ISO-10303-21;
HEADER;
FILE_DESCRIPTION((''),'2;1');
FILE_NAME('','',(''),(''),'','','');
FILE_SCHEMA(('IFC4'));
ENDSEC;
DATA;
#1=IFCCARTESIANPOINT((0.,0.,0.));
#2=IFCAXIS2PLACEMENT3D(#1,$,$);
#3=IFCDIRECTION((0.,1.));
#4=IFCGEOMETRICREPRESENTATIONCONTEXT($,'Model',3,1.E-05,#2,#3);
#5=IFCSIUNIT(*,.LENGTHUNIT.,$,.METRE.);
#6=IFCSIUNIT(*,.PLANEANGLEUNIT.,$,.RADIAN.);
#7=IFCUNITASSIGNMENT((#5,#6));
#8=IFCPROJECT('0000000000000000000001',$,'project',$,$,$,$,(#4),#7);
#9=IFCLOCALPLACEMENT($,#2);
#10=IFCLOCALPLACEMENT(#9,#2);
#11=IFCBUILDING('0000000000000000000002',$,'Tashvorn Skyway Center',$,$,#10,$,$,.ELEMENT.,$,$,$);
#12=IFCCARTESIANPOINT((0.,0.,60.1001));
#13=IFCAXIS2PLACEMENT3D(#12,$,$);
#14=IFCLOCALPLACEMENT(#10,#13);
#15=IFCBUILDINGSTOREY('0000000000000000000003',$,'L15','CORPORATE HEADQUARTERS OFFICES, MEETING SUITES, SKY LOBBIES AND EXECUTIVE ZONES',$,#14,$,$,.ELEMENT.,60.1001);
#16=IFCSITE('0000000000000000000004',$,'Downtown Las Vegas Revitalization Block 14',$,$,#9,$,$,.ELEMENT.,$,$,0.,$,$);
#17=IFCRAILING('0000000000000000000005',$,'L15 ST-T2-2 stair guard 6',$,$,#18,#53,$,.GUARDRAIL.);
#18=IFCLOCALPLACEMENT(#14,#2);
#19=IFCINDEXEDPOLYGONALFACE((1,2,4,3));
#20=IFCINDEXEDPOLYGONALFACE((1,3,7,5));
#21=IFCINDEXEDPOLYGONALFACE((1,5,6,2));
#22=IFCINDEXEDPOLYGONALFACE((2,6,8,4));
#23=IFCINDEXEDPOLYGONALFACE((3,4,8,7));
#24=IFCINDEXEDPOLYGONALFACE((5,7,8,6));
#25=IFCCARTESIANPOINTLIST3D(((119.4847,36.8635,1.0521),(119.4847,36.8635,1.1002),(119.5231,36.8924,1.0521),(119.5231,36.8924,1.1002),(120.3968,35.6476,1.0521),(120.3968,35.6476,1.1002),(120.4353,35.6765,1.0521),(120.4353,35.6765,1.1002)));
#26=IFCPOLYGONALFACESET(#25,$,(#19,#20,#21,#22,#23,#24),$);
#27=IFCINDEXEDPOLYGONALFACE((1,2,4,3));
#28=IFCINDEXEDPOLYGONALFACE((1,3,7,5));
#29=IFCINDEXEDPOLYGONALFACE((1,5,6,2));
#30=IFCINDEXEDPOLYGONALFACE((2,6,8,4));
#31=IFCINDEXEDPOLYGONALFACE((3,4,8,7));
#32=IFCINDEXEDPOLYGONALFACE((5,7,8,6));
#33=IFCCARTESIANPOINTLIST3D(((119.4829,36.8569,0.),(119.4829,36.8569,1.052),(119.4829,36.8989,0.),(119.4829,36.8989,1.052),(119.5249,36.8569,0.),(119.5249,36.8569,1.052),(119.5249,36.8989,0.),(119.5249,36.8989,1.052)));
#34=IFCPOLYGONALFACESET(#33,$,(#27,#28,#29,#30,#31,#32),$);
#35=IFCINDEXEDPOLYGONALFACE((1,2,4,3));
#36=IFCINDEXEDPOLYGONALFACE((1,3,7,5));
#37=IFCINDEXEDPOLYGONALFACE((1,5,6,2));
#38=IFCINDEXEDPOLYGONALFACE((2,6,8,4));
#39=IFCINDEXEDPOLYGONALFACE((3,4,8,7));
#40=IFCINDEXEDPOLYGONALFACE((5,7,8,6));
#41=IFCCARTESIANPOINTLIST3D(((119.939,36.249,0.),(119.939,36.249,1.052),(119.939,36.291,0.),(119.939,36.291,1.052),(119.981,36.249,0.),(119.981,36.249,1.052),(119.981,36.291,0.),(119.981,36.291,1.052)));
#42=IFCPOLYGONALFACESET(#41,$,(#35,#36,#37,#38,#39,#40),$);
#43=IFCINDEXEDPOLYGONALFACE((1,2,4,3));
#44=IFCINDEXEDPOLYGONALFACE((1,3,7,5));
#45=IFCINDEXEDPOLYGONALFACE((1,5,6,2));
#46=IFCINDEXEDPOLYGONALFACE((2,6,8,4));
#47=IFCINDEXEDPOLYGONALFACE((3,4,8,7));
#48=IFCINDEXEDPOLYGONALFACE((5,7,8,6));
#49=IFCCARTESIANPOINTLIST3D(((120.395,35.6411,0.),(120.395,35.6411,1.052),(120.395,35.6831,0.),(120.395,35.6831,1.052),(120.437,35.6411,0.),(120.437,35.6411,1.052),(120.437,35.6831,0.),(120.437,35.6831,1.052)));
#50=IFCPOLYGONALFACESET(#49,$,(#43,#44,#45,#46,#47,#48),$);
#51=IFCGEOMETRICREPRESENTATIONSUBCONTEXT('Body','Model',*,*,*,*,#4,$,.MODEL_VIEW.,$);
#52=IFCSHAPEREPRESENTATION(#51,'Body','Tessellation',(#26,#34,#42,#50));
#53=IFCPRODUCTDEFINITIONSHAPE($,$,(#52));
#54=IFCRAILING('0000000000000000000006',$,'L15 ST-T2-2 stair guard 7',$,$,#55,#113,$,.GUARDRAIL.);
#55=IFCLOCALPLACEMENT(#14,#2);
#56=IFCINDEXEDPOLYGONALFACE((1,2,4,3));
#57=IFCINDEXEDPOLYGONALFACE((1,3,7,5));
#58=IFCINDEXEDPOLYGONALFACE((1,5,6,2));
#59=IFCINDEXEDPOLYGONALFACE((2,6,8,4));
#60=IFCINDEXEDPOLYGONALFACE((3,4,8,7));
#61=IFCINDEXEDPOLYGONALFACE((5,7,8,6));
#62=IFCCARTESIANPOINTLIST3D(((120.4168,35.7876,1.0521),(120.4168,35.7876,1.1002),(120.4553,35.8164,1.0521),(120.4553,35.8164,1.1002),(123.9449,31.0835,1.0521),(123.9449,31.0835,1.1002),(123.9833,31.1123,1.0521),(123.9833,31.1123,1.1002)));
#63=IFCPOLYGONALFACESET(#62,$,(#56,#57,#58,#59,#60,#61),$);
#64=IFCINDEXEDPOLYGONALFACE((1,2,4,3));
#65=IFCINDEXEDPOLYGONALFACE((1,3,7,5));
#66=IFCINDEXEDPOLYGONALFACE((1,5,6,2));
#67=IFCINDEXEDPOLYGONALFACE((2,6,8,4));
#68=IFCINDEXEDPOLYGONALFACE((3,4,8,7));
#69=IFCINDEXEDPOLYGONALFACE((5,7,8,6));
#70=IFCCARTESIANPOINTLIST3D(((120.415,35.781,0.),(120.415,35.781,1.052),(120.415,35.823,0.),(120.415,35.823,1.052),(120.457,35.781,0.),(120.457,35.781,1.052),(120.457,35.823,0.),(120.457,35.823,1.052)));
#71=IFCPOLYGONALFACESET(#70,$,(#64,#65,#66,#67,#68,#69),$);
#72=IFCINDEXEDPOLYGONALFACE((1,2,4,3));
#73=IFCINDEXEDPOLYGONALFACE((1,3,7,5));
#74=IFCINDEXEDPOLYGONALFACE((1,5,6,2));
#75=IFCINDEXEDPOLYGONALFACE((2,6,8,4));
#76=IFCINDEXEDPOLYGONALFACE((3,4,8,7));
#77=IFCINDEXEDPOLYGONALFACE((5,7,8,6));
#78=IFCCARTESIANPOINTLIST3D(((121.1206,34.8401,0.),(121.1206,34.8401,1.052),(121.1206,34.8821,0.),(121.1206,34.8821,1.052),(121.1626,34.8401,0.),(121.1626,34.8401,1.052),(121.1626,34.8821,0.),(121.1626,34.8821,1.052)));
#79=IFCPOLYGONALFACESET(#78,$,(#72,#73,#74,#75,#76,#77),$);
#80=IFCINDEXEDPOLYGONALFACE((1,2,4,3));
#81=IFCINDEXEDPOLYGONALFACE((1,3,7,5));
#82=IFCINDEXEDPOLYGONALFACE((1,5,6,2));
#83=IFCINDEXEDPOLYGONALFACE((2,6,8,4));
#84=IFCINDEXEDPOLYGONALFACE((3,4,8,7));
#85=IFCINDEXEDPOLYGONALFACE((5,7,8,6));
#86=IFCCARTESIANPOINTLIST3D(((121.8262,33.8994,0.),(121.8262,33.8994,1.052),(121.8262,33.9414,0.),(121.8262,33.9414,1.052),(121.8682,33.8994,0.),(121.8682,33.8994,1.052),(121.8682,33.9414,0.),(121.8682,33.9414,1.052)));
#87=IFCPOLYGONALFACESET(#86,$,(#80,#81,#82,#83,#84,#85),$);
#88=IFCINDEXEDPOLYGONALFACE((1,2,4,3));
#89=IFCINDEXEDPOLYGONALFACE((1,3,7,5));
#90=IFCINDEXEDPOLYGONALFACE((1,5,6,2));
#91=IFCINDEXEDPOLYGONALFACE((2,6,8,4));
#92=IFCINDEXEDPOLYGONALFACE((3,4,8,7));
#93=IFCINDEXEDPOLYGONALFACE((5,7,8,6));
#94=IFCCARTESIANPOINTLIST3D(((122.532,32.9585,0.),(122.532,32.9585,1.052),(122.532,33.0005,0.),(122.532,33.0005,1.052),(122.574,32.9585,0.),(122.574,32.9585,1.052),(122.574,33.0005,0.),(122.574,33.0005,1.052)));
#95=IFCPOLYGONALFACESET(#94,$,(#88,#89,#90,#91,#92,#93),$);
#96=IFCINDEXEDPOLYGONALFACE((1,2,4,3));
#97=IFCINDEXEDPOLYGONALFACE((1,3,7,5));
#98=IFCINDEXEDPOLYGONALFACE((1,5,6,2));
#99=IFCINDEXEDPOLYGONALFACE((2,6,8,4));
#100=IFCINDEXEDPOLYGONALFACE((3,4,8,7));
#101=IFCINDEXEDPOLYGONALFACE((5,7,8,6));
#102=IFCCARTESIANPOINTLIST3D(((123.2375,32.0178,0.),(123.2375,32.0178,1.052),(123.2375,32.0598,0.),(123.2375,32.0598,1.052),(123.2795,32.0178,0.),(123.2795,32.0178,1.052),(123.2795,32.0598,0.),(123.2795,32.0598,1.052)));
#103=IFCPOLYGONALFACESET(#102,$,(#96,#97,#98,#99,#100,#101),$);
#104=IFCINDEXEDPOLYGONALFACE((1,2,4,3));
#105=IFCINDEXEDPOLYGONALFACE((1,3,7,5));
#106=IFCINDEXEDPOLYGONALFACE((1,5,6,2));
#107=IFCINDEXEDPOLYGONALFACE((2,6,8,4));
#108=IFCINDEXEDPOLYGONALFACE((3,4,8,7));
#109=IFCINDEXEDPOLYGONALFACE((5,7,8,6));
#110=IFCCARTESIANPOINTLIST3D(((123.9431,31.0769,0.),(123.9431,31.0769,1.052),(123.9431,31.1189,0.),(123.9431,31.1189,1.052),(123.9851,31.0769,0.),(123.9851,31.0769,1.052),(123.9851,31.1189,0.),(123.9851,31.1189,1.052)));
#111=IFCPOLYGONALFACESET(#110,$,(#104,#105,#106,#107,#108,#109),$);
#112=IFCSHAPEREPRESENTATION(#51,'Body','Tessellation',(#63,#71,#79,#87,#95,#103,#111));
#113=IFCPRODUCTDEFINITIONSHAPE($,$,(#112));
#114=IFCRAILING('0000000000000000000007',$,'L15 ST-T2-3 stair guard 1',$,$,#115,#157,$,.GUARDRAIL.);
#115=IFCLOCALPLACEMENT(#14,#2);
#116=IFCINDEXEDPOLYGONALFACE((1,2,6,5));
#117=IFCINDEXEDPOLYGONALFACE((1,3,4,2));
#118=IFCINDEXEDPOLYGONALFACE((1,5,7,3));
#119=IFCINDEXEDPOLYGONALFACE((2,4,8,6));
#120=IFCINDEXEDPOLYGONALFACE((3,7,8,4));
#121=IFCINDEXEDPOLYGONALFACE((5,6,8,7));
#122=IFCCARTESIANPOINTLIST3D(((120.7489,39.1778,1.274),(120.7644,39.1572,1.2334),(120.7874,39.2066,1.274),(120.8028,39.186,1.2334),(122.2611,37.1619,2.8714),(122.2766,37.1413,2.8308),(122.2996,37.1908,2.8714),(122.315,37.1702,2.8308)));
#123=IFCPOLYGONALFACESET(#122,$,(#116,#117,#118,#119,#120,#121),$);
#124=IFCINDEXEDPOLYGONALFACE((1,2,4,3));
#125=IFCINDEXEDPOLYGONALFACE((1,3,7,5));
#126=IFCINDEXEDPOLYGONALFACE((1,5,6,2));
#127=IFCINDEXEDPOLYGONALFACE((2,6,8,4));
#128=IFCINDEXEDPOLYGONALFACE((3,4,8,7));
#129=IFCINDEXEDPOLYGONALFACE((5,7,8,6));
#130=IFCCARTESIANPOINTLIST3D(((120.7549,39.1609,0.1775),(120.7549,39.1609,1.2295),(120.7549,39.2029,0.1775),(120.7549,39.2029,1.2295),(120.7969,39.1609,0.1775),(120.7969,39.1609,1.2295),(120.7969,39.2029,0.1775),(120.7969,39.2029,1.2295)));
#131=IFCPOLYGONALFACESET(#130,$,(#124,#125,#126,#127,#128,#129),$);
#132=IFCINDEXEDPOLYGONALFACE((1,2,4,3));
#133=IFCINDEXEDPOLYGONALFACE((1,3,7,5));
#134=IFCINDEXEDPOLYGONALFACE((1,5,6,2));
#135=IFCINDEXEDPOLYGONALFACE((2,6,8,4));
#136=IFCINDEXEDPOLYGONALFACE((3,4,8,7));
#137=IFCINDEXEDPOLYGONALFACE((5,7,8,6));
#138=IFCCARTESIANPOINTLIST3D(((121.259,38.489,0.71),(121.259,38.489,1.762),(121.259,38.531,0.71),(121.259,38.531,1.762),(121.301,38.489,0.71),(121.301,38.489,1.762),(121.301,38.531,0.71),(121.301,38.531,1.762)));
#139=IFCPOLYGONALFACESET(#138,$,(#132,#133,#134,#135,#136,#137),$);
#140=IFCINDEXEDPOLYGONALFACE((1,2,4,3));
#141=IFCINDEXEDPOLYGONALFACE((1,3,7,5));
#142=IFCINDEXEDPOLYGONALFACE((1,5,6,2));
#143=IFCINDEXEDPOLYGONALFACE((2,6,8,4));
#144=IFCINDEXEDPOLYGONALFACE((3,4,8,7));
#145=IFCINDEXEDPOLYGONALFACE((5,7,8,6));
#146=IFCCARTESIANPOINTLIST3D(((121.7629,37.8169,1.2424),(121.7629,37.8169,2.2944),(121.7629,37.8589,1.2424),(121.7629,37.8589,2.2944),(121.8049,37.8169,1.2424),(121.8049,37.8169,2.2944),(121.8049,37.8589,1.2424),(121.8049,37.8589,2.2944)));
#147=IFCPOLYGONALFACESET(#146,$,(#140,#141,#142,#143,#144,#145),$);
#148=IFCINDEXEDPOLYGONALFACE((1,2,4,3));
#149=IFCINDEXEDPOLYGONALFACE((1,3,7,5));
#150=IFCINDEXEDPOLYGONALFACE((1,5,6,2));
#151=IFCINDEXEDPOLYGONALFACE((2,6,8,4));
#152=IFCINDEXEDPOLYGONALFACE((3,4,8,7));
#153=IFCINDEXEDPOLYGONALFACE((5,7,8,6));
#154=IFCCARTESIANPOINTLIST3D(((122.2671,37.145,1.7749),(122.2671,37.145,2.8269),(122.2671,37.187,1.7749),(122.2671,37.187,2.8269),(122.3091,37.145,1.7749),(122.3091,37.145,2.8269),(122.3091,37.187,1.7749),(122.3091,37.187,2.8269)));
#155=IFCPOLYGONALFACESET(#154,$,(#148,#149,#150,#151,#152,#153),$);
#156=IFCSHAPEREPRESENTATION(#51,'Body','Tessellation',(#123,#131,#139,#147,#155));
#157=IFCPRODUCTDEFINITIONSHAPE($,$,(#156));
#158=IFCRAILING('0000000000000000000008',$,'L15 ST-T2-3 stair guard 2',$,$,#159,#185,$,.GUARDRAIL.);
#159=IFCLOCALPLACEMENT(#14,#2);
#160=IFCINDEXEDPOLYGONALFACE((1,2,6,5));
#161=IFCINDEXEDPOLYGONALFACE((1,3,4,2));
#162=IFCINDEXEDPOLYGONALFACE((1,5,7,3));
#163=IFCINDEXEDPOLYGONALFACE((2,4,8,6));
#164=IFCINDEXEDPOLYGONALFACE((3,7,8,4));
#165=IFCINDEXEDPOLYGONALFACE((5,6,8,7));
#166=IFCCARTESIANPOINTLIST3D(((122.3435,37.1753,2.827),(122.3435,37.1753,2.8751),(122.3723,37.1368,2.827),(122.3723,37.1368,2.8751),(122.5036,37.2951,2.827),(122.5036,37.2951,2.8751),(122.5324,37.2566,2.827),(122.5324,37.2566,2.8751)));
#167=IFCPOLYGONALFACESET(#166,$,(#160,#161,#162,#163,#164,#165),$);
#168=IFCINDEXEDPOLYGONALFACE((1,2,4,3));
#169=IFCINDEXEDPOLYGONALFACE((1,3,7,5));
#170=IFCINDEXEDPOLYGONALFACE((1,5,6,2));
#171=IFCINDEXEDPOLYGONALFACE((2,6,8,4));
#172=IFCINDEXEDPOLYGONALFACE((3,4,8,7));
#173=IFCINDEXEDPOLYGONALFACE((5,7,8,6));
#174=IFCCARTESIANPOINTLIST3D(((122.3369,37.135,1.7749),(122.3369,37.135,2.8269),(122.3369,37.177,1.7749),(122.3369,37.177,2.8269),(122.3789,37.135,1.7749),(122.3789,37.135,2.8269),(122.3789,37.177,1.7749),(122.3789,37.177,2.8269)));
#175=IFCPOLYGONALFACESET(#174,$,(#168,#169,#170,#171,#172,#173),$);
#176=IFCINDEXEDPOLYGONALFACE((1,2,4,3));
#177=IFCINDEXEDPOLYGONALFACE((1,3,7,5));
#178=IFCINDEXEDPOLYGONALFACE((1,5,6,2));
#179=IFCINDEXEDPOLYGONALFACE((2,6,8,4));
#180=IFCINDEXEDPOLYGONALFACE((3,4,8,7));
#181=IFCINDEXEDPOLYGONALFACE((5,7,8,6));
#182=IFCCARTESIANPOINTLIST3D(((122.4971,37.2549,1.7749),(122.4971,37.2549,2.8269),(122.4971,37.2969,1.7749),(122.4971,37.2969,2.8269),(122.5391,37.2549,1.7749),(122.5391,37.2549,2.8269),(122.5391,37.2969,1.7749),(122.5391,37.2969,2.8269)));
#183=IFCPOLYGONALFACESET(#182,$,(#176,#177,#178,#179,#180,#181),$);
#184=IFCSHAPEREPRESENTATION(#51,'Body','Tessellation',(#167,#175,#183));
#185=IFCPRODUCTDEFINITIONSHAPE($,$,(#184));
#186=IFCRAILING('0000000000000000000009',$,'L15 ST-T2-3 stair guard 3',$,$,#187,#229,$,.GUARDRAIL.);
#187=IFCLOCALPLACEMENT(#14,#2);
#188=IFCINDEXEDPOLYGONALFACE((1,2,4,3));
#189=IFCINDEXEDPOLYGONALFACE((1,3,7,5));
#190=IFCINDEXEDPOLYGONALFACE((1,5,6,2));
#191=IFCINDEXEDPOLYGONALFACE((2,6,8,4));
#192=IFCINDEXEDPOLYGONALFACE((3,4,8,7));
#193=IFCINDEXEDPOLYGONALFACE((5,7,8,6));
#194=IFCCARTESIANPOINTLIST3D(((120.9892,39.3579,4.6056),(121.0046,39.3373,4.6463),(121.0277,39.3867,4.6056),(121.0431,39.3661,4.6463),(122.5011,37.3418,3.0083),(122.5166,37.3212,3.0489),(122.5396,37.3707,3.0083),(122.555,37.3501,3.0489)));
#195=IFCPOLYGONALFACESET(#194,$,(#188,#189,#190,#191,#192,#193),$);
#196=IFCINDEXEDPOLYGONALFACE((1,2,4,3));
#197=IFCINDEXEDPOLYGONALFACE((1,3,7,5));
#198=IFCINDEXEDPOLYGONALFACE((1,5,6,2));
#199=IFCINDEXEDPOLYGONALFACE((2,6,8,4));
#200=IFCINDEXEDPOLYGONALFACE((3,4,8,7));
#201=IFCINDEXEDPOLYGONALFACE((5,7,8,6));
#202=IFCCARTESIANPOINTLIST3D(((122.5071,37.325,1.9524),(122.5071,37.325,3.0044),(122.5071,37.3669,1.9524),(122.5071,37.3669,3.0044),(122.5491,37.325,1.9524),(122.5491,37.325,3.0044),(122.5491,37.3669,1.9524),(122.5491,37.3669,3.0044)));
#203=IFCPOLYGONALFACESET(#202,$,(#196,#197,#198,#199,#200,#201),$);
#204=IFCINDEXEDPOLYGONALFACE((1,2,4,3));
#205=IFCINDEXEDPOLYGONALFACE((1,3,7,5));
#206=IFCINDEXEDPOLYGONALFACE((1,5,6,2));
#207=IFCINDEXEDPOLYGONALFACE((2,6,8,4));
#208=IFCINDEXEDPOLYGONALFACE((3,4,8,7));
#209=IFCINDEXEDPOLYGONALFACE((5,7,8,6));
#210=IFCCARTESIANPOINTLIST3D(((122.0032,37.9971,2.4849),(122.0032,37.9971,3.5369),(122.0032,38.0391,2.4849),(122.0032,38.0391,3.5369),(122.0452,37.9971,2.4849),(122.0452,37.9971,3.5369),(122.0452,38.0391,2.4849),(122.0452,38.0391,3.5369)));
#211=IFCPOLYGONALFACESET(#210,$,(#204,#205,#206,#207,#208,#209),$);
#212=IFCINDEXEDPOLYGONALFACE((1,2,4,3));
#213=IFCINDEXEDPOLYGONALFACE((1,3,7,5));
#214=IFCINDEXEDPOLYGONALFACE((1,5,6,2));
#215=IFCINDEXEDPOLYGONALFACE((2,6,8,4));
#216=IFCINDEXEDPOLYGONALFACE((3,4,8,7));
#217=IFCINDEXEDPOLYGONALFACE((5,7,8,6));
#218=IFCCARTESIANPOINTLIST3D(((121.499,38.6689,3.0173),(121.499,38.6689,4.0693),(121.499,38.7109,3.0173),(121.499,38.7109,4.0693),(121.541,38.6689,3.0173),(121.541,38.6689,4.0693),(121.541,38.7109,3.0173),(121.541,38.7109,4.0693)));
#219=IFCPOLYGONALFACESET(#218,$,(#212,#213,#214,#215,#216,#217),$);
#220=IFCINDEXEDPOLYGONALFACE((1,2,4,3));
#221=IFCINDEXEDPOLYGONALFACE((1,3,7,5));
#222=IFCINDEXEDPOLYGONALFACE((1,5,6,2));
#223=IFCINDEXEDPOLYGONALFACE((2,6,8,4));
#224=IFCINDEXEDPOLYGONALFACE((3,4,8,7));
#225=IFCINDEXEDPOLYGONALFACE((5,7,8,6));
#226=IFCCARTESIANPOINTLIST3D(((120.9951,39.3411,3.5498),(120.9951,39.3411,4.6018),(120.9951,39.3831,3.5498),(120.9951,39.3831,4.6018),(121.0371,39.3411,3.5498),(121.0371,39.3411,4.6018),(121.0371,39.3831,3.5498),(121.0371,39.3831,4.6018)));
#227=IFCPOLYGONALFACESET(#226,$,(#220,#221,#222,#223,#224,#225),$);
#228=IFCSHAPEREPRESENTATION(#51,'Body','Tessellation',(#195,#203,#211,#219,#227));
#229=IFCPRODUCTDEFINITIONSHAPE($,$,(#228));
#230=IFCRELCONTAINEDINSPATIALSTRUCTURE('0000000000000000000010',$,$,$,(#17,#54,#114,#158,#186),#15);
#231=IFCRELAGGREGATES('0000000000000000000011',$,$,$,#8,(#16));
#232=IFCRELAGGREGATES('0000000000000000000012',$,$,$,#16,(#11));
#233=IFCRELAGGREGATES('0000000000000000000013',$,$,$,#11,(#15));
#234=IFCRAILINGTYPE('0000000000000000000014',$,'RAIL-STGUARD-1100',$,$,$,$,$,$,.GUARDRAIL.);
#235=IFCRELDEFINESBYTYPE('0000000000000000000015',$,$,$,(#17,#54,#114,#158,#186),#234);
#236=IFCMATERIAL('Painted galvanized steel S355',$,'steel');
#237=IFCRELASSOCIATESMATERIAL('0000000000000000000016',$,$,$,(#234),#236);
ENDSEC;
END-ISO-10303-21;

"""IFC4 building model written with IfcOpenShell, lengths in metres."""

from ifc_helpers import new_model, si_unit, direction, frame, origin, origin_2d, place, context, subcontext, project, spatial, rectangle, extrude, material, type_object, element, save


model = new_model("IFC4")

# Units and contexts
model_context = context("Model", 3, precision=1e-05, world=origin(), true_north=direction((0.0, 1.0)))
body_context = subcontext(model_context, "Body", "Model", "MODEL_VIEW")
ifc_project = project(units=[si_unit("LENGTHUNIT", "METRE"), si_unit("PLANEANGLEUNIT", "RADIAN")], contexts=[model_context])

# Site, building, storey
site_placement = place(None, origin())
site = spatial("IfcSite", under=ifc_project, at=site_placement, Name="Downtown Las Vegas Revitalization Block 14", CompositionType="ELEMENT", RefElevation=0.0)
building_placement = place(site_placement, origin())
building = spatial("IfcBuilding", under=site, at=building_placement, Name="Tashvorn Skyway Center", CompositionType="ELEMENT")
storey_placement = place(building_placement, frame((0.0, 0.0, 60.1001)))
storey = spatial("IfcBuildingStorey", under=building, at=storey_placement, Name="L15", Description="CORPORATE HEADQUARTERS OFFICES, MEETING SUITES, SKY LOBBIES AND EXECUTIVE ZONES", CompositionType="ELEMENT", Elevation=60.1001)

# Railings
ifc_material_1 = material(Name="Painted galvanized steel S355", Category="steel")
railing_type_1 = type_object("IfcRailingType", Name="RAIL-STGUARD-1100", PredefinedType="GUARDRAIL", material=ifc_material_1)
railing_1_placement = place(storey_placement, frame((119.5039, 36.8779, 0.0)))
element("IfcRailing", 1, at=railing_1_placement, inside=storey, type_object=railing_type_1, Name="L15 ST-T2-2 stair guard 6", PredefinedType="GUARDRAIL", context=body_context, shape_type="SweptSolid", body=[
    extrude(rectangle(XDim=0.0481, YDim=0.0481, at=origin_2d()), frame((0.0, 0.0, 1.0762), z_axis=(0.600103, -0.799923, 0.0), x_axis=(0.799923, 0.600103, 0.0)), (0.0, 0.0, 1.0), 1.52),
    extrude(rectangle(XDim=0.042, YDim=0.042, at=origin_2d()), origin(), (0.0, 0.0, 1.0), 1.052),
    extrude(rectangle(XDim=0.042, YDim=0.042, at=origin_2d()), frame((0.4561, -0.6079, 0.0)), (0.0, 0.0, 1.0), 1.052),
    extrude(rectangle(XDim=0.042, YDim=0.042, at=origin_2d()), frame((0.9121, -1.2158, 0.0)), (0.0, 0.0, 1.0), 1.052),
])
railing_2_placement = place(storey_placement, frame((120.436, 35.802, 0.0)))
element("IfcRailing", 2, at=railing_2_placement, inside=storey, type_object=railing_type_1, Name="L15 ST-T2-2 stair guard 7", PredefinedType="GUARDRAIL", context=body_context, shape_type="SweptSolid", body=[
    extrude(rectangle(XDim=0.0481, YDim=0.0481, at=origin_2d()), frame((0.0, 0.0, 1.0762), z_axis=(0.6, -0.8, 0.0), x_axis=(0.8, 0.6, 0.0)), (0.0, 0.0, 1.0), 5.8801),
    extrude(rectangle(XDim=0.042, YDim=0.042, at=origin_2d()), origin(), (0.0, 0.0, 1.0), 1.052),
    extrude(rectangle(XDim=0.042, YDim=0.042, at=origin_2d()), frame((0.7056, -0.9409, 0.0)), (0.0, 0.0, 1.0), 1.052),
    extrude(rectangle(XDim=0.042, YDim=0.042, at=origin_2d()), frame((1.4111, -1.8816, 0.0)), (0.0, 0.0, 1.0), 1.052),
    extrude(rectangle(XDim=0.042, YDim=0.042, at=origin_2d()), frame((2.1169, -2.8225, 0.0)), (0.0, 0.0, 1.0), 1.052),
    extrude(rectangle(XDim=0.042, YDim=0.042, at=origin_2d()), frame((2.8225, -3.7632, 0.0)), (0.0, 0.0, 1.0), 1.052),
    extrude(rectangle(XDim=0.042, YDim=0.042, at=origin_2d()), frame((3.5281, -4.7041, 0.0)), (0.0, 0.0, 1.0), 1.052),
])
railing_3_placement = place(storey_placement, frame((120.7759, 39.1819, 0.1775)))
element("IfcRailing", 3, at=railing_3_placement, inside=storey, type_object=railing_type_1, Name="L15 ST-T2-3 stair guard 1", PredefinedType="GUARDRAIL", context=body_context, shape_type="SweptSolid", body=[
    extrude(rectangle(XDim=0.0481, YDim=0.0481, at=origin_2d()), frame((0.0, 0.0, 1.0762), z_axis=(0.50683, -0.675636, 0.535387), x_axis=(0.799942, 0.600078, 0.0)), (0.0, 0.0, 1.0), 2.9836),
    extrude(rectangle(XDim=0.042, YDim=0.042, at=origin_2d()), origin(), (0.0, 0.0, 1.0), 1.052),
    extrude(rectangle(XDim=0.042, YDim=0.042, at=origin_2d()), frame((0.5042, -0.6719, 0.5325)), (0.0, 0.0, 1.0), 1.052),
    extrude(rectangle(XDim=0.042, YDim=0.042, at=origin_2d()), frame((1.0081, -1.344, 1.0649)), (0.0, 0.0, 1.0), 1.052),
    extrude(rectangle(XDim=0.042, YDim=0.042, at=origin_2d()), frame((1.5122, -2.0159, 1.5974)), (0.0, 0.0, 1.0), 1.052),
])
railing_4_placement = place(storey_placement, frame((122.3579, 37.156, 1.7749)))
element("IfcRailing", 4, at=railing_4_placement, inside=storey, type_object=railing_type_1, Name="L15 ST-T2-3 stair guard 2", PredefinedType="GUARDRAIL", context=body_context, shape_type="SweptSolid", body=[
    extrude(rectangle(XDim=0.0481, YDim=0.0481, at=origin_2d()), frame((0.0, 0.0, 1.0762), z_axis=(0.800585, 0.599219, 0.0), x_axis=(-0.599219, 0.800585, 0.0)), (0.0, 0.0, 1.0), 0.2),
    extrude(rectangle(XDim=0.042, YDim=0.042, at=origin_2d()), origin(), (0.0, 0.0, 1.0), 1.052),
    extrude(rectangle(XDim=0.042, YDim=0.042, at=origin_2d()), frame((0.1602, 0.1199, 0.0)), (0.0, 0.0, 1.0), 1.052),
])
railing_5_placement = place(storey_placement, frame((122.5281, 37.3459, 1.9524)))
element("IfcRailing", 5, at=railing_5_placement, inside=storey, type_object=railing_type_1, Name="L15 ST-T2-3 stair guard 3", PredefinedType="GUARDRAIL", context=body_context, shape_type="SweptSolid", body=[
    extrude(rectangle(XDim=0.0481, YDim=0.0481, at=origin_2d()), frame((0.0, 0.0, 1.0762), z_axis=(-0.506741, 0.675709, 0.535379), x_axis=(-0.800023, -0.599969, 0.0)), (0.0, 0.0, 1.0), 2.9836),
    extrude(rectangle(XDim=0.042, YDim=0.042, at=origin_2d()), origin(), (0.0, 0.0, 1.0), 1.052),
    extrude(rectangle(XDim=0.042, YDim=0.042, at=origin_2d()), frame((-0.5039, 0.6721, 0.5325)), (0.0, 0.0, 1.0), 1.052),
    extrude(rectangle(XDim=0.042, YDim=0.042, at=origin_2d()), frame((-1.0081, 1.344, 1.0649)), (0.0, 0.0, 1.0), 1.052),
    extrude(rectangle(XDim=0.042, YDim=0.042, at=origin_2d()), frame((-1.512, 2.0161, 1.5974)), (0.0, 0.0, 1.0), 1.052),
])

save(model, "model.ifc")
